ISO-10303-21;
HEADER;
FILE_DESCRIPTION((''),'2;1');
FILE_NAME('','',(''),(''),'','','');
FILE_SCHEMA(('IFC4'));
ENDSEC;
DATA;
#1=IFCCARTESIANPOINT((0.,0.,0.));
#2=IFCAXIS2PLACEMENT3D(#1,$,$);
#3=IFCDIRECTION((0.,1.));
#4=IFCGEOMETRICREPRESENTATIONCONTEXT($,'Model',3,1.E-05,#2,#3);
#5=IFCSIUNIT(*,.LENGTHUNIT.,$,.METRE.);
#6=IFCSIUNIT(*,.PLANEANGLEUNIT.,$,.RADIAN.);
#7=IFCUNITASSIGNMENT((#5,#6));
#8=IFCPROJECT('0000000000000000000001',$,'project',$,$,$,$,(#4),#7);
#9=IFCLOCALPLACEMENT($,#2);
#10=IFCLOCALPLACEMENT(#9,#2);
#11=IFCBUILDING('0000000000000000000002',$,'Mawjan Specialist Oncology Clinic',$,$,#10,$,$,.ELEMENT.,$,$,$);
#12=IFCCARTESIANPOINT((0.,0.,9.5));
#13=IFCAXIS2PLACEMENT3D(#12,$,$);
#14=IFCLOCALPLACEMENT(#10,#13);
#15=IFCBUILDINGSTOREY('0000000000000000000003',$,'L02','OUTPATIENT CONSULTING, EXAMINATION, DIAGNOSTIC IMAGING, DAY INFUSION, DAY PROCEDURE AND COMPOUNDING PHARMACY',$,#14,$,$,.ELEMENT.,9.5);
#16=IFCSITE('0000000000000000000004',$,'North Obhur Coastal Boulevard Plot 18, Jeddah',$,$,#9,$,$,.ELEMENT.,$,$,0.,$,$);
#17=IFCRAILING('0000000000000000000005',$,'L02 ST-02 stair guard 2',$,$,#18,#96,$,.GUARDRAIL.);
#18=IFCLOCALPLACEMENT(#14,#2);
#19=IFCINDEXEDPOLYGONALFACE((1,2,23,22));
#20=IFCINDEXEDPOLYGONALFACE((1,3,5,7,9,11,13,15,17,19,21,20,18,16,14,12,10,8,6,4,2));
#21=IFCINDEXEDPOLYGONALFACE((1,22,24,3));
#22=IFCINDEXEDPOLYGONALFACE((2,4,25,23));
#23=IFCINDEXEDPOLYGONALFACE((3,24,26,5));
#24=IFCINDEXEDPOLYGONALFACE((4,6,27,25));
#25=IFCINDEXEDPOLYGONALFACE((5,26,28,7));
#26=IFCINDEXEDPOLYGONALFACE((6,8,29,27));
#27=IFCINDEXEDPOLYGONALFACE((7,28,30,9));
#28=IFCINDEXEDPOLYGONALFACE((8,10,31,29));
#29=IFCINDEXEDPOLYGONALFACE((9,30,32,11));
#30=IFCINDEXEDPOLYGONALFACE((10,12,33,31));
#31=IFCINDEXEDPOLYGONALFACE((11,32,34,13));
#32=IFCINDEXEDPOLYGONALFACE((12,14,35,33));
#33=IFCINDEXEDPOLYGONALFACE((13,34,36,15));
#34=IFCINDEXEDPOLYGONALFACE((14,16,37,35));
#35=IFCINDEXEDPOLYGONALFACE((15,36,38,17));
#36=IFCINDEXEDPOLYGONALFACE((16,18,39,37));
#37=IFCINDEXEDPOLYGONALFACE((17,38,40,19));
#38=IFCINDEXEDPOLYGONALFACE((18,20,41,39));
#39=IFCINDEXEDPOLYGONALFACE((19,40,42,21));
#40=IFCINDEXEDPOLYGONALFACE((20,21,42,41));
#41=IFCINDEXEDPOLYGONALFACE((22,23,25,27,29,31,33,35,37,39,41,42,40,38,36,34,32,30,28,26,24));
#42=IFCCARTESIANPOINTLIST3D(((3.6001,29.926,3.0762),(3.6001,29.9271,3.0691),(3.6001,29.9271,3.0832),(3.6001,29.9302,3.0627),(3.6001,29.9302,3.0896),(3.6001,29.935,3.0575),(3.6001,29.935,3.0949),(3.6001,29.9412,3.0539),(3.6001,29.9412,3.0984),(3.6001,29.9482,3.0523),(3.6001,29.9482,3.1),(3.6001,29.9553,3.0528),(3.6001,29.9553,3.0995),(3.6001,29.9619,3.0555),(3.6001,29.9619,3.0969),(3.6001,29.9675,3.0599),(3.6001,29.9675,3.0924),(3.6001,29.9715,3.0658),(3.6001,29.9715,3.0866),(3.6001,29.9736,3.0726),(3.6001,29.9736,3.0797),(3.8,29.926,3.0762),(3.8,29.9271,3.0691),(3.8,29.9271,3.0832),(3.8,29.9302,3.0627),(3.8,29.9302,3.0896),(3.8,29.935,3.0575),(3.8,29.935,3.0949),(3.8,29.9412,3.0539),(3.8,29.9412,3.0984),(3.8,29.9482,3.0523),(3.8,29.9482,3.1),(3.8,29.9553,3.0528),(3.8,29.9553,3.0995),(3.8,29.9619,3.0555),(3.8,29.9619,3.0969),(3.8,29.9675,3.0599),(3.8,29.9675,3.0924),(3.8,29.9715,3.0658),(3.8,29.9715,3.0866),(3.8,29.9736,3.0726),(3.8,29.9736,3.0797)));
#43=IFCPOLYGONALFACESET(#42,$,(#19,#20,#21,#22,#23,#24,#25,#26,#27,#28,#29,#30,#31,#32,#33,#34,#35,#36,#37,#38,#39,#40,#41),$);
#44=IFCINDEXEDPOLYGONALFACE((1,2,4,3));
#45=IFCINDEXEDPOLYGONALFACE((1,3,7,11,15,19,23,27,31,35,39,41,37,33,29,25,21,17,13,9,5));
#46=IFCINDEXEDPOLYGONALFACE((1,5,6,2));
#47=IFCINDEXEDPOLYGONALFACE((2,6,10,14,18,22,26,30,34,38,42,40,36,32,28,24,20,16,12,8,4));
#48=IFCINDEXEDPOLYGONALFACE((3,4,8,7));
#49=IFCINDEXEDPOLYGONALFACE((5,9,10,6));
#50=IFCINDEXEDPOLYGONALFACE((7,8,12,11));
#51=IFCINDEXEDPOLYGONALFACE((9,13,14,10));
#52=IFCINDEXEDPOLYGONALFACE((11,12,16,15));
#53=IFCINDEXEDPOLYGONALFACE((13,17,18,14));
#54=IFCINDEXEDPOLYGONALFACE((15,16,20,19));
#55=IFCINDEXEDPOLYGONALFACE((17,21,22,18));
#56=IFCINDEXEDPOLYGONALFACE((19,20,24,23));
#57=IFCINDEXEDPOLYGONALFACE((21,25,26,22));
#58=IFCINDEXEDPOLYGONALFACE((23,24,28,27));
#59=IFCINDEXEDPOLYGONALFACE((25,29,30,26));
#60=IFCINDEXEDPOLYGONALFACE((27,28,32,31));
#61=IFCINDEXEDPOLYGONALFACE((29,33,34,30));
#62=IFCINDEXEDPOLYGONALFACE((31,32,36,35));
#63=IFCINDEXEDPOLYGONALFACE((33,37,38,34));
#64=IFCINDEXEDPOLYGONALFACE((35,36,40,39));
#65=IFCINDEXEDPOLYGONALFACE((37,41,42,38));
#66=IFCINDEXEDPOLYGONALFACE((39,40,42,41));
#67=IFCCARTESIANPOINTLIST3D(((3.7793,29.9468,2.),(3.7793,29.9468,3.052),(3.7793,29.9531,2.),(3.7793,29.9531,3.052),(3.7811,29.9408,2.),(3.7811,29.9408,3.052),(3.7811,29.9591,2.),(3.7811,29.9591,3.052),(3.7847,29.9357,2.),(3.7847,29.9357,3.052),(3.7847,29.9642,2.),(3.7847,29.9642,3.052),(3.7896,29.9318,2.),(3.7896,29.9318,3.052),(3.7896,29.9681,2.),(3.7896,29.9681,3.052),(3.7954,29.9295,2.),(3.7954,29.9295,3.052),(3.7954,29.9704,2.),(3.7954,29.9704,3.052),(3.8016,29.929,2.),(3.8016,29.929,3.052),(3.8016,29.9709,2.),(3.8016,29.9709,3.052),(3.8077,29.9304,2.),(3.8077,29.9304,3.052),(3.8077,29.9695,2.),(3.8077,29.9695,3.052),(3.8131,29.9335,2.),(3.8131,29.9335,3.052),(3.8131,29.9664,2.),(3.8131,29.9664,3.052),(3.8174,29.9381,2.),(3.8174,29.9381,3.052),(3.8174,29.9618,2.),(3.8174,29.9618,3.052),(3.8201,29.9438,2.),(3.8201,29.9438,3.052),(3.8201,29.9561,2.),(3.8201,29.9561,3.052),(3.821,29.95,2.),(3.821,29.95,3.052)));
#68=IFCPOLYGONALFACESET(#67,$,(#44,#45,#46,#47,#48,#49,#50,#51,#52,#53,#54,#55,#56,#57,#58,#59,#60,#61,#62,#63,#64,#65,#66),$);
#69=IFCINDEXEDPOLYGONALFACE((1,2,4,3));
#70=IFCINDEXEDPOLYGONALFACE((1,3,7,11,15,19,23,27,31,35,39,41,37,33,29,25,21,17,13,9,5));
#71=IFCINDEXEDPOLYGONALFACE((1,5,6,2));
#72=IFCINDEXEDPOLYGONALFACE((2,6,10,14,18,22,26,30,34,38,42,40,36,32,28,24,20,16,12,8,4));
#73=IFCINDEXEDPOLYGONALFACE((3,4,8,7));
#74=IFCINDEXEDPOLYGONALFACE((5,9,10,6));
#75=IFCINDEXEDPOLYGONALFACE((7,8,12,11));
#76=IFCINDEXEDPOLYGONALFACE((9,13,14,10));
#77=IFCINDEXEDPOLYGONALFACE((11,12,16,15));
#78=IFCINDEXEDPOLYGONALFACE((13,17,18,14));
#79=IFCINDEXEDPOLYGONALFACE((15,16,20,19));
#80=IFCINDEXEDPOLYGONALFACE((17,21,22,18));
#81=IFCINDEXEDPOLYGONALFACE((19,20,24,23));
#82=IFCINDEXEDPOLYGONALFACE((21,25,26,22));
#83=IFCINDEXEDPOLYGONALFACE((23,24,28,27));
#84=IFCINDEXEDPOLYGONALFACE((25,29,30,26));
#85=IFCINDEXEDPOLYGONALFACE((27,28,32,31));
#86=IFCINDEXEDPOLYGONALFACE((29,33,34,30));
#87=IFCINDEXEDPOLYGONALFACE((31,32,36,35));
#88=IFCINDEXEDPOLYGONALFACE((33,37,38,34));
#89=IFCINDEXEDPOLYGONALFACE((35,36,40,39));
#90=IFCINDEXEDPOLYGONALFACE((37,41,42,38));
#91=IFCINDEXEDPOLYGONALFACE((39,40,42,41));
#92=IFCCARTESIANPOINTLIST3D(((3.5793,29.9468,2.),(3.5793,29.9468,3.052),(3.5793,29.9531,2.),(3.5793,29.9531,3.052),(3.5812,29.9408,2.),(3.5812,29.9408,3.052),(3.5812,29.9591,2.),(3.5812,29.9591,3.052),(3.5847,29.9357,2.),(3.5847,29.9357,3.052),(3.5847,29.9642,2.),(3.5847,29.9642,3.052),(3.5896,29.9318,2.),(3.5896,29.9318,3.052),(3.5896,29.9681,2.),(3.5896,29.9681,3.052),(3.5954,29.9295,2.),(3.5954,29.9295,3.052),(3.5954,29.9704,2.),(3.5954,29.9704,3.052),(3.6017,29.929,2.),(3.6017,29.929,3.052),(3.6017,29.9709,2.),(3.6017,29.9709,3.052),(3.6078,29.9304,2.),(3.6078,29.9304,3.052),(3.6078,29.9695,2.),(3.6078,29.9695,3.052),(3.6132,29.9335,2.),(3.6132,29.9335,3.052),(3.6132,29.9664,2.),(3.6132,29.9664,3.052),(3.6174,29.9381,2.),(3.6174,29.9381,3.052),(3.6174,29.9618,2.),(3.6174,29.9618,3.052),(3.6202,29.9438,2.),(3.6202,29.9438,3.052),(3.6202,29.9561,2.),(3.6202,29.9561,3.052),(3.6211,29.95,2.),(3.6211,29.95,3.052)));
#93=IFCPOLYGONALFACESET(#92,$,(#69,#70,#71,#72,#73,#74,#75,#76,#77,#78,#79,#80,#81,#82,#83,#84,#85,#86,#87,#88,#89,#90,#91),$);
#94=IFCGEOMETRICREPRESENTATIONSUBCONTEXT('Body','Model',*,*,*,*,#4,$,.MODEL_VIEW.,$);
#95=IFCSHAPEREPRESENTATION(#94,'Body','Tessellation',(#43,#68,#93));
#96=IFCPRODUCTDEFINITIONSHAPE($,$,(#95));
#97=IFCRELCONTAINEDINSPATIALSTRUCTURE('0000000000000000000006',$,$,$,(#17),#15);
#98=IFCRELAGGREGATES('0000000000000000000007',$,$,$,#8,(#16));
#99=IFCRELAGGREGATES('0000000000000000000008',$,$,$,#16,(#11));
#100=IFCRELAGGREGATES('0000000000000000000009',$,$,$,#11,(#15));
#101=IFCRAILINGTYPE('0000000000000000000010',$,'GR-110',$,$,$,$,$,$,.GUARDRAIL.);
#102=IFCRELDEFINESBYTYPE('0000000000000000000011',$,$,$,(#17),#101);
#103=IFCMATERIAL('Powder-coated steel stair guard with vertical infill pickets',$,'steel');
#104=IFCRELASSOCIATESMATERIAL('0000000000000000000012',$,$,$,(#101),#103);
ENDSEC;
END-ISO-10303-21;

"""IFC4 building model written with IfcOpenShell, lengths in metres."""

from ifc_helpers import new_model, si_unit, direction, frame, origin, origin_2d, place, context, subcontext, project, spatial, circle, extrude, material, type_object, element, save


model = new_model("IFC4")

# Units and contexts
model_context = context("Model", 3, precision=1e-05, world=origin(), true_north=direction((0.0, 1.0)))
body_context = subcontext(model_context, "Body", "Model", "MODEL_VIEW")
ifc_project = project(units=[si_unit("LENGTHUNIT", "METRE"), si_unit("PLANEANGLEUNIT", "RADIAN")], contexts=[model_context])

# Site, building, storey
site_placement = place(None, origin())
site = spatial("IfcSite", under=ifc_project, at=site_placement, Name="North Obhur Coastal Boulevard Plot 18, Jeddah", CompositionType="ELEMENT", RefElevation=0.0)
building_placement = place(site_placement, origin())
building = spatial("IfcBuilding", under=site, at=building_placement, Name="Mawjan Specialist Oncology Clinic", CompositionType="ELEMENT")
storey_placement = place(building_placement, frame((0.0, 0.0, 9.5)))
storey = spatial("IfcBuildingStorey", under=building, at=storey_placement, Name="L02", Description="OUTPATIENT CONSULTING, EXAMINATION, DIAGNOSTIC IMAGING, DAY INFUSION, DAY PROCEDURE AND COMPOUNDING PHARMACY", CompositionType="ELEMENT", Elevation=9.5)

# Railing
ifc_material_1 = material(Name="Powder-coated steel stair guard with vertical infill pickets", Category="steel")
railing_type_1 = type_object("IfcRailingType", Name="GR-110", PredefinedType="GUARDRAIL", material=ifc_material_1)
railing_1_placement = place(storey_placement, frame((3.8, 29.95, 2.0)))
element("IfcRailing", 1, at=railing_1_placement, inside=storey, type_object=railing_type_1, Name="L02 ST-02 stair guard 2", PredefinedType="GUARDRAIL", context=body_context, shape_type="SweptSolid", body=[
    extrude(circle(Radius=0.0239, at=origin_2d()), frame((0.0, 0.0, 1.0762), z_axis=(-1.0, 0.0, 0.0), x_axis=(0.0, -1.0, 0.0)), (0.0, 0.0, 1.0), 0.2),
    extrude(circle(Radius=0.021, at=origin_2d()), origin(), (0.0, 0.0, 1.0), 1.052),
    extrude(circle(Radius=0.021, at=origin_2d()), frame((-0.2, 0.0, 0.0)), (0.0, 0.0, 1.0), 1.052),
])

save(model, "model.ifc")
